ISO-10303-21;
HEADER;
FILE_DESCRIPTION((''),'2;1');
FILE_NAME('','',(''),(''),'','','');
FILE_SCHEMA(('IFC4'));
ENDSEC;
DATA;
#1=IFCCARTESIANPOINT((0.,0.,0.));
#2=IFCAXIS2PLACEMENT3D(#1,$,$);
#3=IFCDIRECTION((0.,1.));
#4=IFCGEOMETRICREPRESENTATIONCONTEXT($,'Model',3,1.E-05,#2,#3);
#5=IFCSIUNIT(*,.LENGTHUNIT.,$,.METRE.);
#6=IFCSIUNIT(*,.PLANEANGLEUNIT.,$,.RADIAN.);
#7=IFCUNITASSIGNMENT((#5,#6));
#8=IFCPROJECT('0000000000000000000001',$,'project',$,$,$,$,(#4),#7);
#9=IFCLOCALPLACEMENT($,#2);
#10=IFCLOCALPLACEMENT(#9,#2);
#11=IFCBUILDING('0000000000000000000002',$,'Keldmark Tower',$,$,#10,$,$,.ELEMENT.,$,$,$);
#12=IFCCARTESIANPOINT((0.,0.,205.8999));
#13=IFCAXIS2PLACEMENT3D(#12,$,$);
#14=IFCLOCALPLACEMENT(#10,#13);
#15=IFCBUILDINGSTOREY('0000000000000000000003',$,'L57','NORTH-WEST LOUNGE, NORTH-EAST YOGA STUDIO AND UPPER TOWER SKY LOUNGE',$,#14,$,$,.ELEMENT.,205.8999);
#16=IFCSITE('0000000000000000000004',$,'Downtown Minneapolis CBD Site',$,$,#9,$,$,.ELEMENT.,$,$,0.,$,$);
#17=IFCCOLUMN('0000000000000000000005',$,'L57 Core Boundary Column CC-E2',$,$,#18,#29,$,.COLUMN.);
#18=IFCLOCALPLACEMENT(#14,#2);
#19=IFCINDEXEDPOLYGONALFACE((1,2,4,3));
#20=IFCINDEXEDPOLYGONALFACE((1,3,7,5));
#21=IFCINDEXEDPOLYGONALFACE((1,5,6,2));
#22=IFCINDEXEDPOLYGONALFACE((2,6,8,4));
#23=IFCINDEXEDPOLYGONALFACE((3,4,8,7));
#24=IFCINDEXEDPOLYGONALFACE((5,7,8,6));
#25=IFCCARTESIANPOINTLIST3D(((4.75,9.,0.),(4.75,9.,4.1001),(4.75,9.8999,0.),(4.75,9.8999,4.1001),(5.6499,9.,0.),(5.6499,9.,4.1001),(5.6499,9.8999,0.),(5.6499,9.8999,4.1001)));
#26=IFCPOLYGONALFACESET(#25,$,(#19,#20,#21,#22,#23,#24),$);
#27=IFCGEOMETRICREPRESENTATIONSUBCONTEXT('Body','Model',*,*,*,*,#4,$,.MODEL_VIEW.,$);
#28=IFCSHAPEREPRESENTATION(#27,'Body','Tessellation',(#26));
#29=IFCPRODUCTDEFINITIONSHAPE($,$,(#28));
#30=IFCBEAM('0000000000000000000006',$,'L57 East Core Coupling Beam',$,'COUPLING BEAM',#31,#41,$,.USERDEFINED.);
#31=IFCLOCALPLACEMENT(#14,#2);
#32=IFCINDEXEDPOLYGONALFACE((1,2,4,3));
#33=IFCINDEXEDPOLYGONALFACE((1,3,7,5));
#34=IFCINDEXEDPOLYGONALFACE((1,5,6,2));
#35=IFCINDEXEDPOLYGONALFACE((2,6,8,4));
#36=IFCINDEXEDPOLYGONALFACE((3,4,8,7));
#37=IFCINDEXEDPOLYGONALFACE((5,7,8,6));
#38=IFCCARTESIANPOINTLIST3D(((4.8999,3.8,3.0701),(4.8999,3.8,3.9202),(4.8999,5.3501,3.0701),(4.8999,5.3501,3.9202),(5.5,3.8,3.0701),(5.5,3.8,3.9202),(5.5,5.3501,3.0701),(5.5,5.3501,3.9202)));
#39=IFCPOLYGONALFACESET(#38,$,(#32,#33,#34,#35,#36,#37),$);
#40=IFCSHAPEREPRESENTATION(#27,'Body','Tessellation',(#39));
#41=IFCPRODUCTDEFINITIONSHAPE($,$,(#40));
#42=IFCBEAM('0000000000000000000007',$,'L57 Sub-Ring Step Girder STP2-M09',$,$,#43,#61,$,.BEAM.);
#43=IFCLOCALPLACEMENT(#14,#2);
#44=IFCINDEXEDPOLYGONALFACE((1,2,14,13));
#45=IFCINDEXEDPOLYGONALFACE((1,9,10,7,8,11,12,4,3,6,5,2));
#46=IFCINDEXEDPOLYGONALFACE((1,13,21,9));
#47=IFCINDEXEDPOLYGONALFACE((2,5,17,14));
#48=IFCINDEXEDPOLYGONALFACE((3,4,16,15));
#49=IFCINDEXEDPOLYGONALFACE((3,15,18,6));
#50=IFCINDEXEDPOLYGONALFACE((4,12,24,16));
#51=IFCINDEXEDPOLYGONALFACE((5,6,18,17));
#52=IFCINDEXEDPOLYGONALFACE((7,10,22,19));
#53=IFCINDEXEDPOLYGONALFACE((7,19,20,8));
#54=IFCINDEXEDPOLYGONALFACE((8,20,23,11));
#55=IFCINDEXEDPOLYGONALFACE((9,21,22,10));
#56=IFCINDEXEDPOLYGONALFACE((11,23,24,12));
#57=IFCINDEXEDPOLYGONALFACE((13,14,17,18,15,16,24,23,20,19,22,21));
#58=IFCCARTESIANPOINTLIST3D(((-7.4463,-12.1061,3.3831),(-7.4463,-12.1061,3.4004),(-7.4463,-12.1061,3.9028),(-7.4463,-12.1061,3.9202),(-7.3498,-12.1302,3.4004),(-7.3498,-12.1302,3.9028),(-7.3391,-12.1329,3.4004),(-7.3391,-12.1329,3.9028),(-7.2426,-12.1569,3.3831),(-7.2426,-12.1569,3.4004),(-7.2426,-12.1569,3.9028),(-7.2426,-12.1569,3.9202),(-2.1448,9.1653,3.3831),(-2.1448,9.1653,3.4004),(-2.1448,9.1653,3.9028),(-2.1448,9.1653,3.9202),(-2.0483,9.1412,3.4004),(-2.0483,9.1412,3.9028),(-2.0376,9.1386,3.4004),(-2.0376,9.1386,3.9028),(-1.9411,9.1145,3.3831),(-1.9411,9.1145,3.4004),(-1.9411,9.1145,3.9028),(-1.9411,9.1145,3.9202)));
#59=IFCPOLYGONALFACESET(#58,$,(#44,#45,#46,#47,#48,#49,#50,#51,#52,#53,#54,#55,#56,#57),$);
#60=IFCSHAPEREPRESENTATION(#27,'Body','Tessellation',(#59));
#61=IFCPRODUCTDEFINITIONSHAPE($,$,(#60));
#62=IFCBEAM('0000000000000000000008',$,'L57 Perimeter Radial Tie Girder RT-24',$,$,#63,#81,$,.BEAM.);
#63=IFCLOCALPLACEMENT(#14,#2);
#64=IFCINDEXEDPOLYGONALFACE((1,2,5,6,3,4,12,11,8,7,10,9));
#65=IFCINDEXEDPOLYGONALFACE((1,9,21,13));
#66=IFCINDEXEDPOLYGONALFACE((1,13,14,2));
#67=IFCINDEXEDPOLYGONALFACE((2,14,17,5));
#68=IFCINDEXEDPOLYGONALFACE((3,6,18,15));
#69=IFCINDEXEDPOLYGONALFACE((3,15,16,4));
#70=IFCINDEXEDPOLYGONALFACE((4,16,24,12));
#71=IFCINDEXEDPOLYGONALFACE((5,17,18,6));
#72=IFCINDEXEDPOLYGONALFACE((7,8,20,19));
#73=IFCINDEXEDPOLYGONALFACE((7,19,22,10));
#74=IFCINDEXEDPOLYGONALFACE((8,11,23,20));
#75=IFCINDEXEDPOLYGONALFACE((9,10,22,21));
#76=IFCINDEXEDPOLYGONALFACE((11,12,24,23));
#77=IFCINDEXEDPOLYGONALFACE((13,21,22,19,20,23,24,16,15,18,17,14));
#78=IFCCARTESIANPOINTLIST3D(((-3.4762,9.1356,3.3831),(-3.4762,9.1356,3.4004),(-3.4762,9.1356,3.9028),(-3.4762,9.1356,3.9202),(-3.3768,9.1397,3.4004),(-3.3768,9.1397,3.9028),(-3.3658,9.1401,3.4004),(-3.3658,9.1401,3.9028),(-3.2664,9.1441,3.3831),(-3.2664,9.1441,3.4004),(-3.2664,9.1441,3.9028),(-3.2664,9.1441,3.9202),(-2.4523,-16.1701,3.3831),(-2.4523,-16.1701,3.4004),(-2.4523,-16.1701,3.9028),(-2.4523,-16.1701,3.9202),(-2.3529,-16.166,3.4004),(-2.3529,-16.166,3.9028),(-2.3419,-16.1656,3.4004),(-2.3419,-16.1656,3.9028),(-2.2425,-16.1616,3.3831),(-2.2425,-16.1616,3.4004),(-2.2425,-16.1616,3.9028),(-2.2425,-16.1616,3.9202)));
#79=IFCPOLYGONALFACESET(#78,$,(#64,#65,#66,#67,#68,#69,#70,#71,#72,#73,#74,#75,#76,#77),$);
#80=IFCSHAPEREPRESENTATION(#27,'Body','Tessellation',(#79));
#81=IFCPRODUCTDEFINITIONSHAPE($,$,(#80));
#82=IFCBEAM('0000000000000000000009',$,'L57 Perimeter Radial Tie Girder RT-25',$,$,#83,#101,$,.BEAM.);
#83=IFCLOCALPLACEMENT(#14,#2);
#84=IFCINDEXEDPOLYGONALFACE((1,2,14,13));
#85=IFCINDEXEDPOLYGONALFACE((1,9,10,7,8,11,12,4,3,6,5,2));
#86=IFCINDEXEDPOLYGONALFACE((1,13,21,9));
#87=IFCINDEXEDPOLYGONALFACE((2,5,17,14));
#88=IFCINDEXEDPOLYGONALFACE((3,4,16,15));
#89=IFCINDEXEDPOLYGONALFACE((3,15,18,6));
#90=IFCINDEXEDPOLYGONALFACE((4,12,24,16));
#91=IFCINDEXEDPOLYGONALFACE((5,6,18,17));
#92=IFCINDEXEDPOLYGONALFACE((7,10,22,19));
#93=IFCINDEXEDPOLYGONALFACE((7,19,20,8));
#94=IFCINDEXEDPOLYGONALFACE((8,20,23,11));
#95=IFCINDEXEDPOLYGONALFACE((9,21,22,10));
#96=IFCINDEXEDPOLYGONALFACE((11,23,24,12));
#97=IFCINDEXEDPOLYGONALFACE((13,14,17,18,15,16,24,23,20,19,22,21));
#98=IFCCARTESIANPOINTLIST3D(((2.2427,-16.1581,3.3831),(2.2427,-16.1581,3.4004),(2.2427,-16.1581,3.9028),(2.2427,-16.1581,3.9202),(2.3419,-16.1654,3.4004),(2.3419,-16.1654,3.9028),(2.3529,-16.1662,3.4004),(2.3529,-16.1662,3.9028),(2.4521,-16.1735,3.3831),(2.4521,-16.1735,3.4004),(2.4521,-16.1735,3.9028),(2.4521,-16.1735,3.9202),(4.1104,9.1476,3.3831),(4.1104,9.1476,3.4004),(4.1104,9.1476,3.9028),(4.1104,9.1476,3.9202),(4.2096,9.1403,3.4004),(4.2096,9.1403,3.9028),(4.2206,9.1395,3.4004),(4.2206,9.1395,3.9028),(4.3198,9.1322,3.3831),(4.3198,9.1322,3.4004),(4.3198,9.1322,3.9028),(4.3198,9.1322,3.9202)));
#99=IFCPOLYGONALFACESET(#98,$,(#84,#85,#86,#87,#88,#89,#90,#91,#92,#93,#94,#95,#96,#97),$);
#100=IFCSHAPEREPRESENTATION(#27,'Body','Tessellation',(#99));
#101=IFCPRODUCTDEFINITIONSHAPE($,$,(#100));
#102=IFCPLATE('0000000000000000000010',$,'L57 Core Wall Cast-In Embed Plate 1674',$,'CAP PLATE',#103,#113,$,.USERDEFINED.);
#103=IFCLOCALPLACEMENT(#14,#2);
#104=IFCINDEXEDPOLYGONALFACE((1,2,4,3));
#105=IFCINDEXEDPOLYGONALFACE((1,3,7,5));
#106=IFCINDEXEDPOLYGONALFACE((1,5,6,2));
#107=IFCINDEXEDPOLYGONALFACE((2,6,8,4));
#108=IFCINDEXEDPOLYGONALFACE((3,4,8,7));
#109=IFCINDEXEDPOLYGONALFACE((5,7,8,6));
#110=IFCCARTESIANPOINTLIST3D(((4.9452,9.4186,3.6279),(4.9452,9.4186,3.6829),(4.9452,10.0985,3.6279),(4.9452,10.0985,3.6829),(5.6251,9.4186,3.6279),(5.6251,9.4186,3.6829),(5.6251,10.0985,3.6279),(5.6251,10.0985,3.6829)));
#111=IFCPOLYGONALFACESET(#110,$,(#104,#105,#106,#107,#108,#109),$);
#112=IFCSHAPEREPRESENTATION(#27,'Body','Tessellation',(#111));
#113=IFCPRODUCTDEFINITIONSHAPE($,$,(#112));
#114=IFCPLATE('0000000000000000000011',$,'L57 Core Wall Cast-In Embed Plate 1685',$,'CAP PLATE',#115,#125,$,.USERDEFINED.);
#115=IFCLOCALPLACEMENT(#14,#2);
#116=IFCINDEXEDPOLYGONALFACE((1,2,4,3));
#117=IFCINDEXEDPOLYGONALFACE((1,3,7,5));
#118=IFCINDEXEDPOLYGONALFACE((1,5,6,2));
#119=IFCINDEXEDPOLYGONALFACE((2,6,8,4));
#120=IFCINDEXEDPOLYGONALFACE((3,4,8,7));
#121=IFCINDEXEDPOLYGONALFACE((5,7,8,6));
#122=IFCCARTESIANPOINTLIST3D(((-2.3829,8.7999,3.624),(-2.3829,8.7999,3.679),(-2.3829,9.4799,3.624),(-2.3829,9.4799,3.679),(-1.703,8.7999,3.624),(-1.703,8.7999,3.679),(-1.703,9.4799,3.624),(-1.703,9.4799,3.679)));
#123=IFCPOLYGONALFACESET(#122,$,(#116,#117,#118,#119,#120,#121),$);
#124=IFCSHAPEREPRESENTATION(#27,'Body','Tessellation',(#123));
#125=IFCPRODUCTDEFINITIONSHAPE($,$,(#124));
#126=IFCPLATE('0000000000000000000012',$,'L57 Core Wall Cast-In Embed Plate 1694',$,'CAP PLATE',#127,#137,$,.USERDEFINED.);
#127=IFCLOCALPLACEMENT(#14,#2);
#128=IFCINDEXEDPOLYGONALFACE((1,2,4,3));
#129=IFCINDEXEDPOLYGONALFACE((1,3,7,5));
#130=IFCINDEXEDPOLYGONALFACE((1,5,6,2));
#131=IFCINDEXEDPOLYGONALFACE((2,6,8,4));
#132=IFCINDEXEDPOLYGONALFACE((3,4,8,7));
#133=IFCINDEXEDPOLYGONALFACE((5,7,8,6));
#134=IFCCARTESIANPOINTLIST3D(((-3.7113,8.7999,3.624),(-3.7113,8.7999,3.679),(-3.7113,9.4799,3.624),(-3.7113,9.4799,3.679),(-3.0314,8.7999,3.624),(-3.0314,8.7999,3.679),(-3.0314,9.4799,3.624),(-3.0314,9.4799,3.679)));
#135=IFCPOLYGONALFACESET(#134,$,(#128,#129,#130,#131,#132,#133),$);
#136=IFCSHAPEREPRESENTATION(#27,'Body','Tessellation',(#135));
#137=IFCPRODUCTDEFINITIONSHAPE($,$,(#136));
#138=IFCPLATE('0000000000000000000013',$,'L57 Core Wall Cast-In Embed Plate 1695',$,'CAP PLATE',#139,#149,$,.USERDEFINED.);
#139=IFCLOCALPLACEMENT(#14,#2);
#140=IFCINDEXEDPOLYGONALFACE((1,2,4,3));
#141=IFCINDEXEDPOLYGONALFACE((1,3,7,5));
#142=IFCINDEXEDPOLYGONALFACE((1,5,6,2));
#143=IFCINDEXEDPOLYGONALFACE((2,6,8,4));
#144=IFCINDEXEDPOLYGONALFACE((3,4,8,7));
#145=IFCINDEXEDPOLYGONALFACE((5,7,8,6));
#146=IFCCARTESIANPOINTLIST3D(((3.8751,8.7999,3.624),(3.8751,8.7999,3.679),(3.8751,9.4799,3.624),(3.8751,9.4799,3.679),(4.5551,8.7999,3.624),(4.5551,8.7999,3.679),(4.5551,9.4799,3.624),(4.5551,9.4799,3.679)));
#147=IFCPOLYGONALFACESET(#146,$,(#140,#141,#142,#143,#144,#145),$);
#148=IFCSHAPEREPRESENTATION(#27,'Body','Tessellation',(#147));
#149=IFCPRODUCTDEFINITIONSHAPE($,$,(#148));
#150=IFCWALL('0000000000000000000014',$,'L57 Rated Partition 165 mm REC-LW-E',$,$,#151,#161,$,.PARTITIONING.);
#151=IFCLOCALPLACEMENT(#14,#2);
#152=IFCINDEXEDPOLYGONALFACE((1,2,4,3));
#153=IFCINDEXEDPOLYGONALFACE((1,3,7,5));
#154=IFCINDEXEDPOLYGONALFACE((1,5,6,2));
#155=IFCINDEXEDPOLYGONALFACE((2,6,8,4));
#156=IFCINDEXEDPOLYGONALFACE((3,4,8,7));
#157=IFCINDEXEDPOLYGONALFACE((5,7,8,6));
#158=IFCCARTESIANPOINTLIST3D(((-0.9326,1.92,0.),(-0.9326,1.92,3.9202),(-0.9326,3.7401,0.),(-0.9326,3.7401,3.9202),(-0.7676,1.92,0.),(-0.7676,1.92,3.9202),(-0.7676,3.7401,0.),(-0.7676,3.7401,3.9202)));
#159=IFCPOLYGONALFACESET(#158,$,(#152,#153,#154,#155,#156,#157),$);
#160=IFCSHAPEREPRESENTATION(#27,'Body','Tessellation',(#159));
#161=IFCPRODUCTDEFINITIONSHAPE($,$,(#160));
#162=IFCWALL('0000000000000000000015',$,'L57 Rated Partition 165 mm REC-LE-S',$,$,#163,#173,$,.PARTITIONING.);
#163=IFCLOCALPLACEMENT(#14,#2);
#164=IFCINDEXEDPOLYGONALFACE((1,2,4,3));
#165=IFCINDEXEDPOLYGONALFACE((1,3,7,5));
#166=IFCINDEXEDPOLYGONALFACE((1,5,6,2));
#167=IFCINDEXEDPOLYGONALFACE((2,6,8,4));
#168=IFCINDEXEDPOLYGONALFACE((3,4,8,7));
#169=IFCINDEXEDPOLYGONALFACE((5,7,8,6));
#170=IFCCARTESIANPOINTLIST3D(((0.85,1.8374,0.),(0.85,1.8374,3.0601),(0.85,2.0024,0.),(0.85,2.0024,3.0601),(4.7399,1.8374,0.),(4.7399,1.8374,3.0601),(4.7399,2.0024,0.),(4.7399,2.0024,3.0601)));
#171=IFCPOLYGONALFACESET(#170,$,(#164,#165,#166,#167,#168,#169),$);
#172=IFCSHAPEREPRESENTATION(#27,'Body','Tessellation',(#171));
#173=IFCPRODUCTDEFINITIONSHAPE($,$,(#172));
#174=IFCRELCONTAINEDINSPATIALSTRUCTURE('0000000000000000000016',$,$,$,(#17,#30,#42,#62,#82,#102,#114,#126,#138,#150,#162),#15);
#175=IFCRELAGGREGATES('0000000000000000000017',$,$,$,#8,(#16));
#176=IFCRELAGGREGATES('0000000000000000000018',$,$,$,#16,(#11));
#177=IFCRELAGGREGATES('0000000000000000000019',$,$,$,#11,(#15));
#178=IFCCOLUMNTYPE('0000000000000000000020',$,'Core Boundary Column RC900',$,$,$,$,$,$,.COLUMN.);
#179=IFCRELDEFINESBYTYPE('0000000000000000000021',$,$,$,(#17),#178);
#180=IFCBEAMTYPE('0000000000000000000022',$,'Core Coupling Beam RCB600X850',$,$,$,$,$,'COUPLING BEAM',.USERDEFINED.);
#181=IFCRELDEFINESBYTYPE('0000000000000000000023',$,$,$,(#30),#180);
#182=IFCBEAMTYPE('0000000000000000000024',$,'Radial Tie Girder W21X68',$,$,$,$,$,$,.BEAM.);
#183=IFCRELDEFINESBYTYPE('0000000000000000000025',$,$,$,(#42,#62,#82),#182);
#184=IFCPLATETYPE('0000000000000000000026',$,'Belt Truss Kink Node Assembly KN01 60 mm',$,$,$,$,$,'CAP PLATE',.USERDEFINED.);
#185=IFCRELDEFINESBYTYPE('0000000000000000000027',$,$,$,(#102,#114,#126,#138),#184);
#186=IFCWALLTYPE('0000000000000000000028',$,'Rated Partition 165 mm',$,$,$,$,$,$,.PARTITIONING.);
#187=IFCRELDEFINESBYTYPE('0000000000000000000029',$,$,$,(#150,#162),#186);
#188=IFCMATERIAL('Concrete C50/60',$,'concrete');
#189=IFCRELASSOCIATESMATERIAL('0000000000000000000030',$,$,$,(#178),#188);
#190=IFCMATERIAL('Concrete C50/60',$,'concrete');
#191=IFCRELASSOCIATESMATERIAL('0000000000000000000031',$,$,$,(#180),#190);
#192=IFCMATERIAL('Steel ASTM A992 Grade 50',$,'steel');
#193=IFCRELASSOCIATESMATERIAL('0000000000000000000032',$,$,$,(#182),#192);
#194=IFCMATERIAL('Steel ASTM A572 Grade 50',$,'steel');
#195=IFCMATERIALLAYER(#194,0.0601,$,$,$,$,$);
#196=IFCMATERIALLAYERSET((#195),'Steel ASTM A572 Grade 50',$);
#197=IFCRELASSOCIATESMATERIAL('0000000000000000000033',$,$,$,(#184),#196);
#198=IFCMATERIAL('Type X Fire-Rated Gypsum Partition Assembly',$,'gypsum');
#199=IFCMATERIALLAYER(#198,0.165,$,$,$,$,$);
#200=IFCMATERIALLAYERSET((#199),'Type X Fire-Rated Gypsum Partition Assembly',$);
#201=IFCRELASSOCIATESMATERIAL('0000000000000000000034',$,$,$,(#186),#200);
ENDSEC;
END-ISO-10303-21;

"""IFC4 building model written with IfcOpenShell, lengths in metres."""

from ifc_helpers import new_model, si_unit, direction, frame, frame_2d, origin, origin_2d, place, context, subcontext, project, spatial, rectangle, i_section, extrude, material, layer, layer_set, material_profile, profile_set, type_object, element, save


model = new_model("IFC4")

# Units and contexts
model_context = context("Model", 3, precision=1e-05, world=origin(), true_north=direction((0.0, 1.0)))
body_context = subcontext(model_context, "Body", "Model", "MODEL_VIEW")
ifc_project = project(units=[si_unit("LENGTHUNIT", "METRE"), si_unit("PLANEANGLEUNIT", "RADIAN")], contexts=[model_context])

# Site, building, storey
site_placement = place(None, origin())
site = spatial("IfcSite", under=ifc_project, at=site_placement, Name="Downtown Minneapolis CBD Site", CompositionType="ELEMENT", RefElevation=0.0)
building_placement = place(site_placement, origin())
building = spatial("IfcBuilding", under=site, at=building_placement, Name="Keldmark Tower", CompositionType="ELEMENT")
storey_placement = place(building_placement, frame((0.0, 0.0, 205.8999)))
storey = spatial("IfcBuildingStorey", under=building, at=storey_placement, Name="L57", Description="NORTH-WEST LOUNGE, NORTH-EAST YOGA STUDIO AND UPPER TOWER SKY LOUNGE", CompositionType="ELEMENT", Elevation=205.8999)

# Column
ifc_material_1 = material(Name="Concrete C50/60", Category="concrete")
ifc_material_profile_1 = material_profile(ifc_material_1, rectangle(XDim=0.8999, YDim=0.8999, at=origin_2d()), Name="RC900X900")
ifc_profile_set_1 = profile_set([ifc_material_profile_1], Name="Concrete C50/60")
column_type = type_object("IfcColumnType", Name="Core Boundary Column RC900", PredefinedType="COLUMN", material=ifc_profile_set_1)
column_placement = place(storey_placement, frame((5.2, 9.45, 0.0), z_axis=(0.0, 0.0, 1.0), x_axis=(1.0, 0.0, 0.0)))
element("IfcColumn", 1, at=column_placement, inside=storey, type_object=column_type, Name="L57 Core Boundary Column CC-E2", PredefinedType="COLUMN", context=body_context, shape_type="SweptSolid", body=[
    extrude(rectangle(XDim=0.8999, YDim=0.8999, at=origin_2d()), origin(), (0.0, 0.0, 1.0), 4.1001),
])

# Beams
ifc_material_2 = material(Name="Concrete C50/60", Category="concrete")
ifc_material_profile_2 = material_profile(ifc_material_2, rectangle(XDim=0.6001, YDim=0.8501, at=origin_2d()), Name="RCB600X850")
ifc_profile_set_2 = profile_set([ifc_material_profile_2], Name="Concrete C50/60")
beam_type_1 = type_object("IfcBeamType", Name="Core Coupling Beam RCB600X850", ElementType="COUPLING BEAM", PredefinedType="USERDEFINED", material=ifc_profile_set_2)
beam_1_placement = place(storey_placement, frame((5.2, 3.8, 3.4951), z_axis=(0.0, 1.0, 0.0), x_axis=(-1.0, 0.0, 0.0)))
element("IfcBeam", 2, at=beam_1_placement, inside=storey, type_object=beam_type_1, Name="L57 East Core Coupling Beam", ObjectType="COUPLING BEAM", PredefinedType="USERDEFINED", context=body_context, shape_type="SweptSolid", body=[
    extrude(rectangle(XDim=0.6001, YDim=0.8501, at=origin_2d()), origin(), (0.0, 0.0, 1.0), 1.55),
])
ifc_material_3 = material(Name="Steel ASTM A992 Grade 50", Category="steel")
ifc_material_profile_3 = material_profile(ifc_material_3, i_section(OverallWidth=0.21, OverallDepth=0.5371, WebThickness=0.011, FlangeThickness=0.0173, at=origin_2d()), Name="W21X68")
ifc_profile_set_3 = profile_set([ifc_material_profile_3], Name="Steel ASTM A992 Grade 50")
beam_type_2 = type_object("IfcBeamType", Name="Radial Tie Girder W21X68", PredefinedType="BEAM", material=ifc_profile_set_3)
beam_2_placement = place(storey_placement, frame((-2.043, 9.1399, 3.6516), z_axis=(-0.241833, -0.970318, 0.0), x_axis=(0.970318, -0.241833, 0.0)))
element("IfcBeam", 3, at=beam_2_placement, inside=storey, type_object=beam_type_2, Name="L57 Sub-Ring Step Girder STP2-M09", PredefinedType="BEAM", context=body_context, shape_type="SweptSolid", body=[
    extrude(i_section(OverallWidth=0.21, OverallDepth=0.5371, WebThickness=0.011, FlangeThickness=0.0173, at=origin_2d()), origin(), (0.0, 0.0, 1.0), 21.9221),
])
beam_3_placement = place(storey_placement, frame((-3.3713, 9.1399, 3.6516), z_axis=(0.040429, -0.999182, 0.0), x_axis=(0.999182, 0.040429, 0.0)))
element("IfcBeam", 4, at=beam_3_placement, inside=storey, type_object=beam_type_2, Name="L57 Perimeter Radial Tie Girder RT-24", PredefinedType="BEAM", context=body_context, shape_type="SweptSolid", body=[
    extrude(i_section(OverallWidth=0.21, OverallDepth=0.5371, WebThickness=0.011, FlangeThickness=0.0173, at=origin_2d()), origin(), (0.0, 0.0, 1.0), 25.3264),
])
beam_4_placement = place(storey_placement, frame((4.2151, 9.1399, 3.6516), z_axis=(-0.073604, -0.997288, 0.0), x_axis=(0.997288, -0.073604, 0.0)))
element("IfcBeam", 5, at=beam_4_placement, inside=storey, type_object=beam_type_2, Name="L57 Perimeter Radial Tie Girder RT-25", PredefinedType="BEAM", context=body_context, shape_type="SweptSolid", body=[
    extrude(i_section(OverallWidth=0.21, OverallDepth=0.5371, WebThickness=0.011, FlangeThickness=0.0173, at=origin_2d()), origin(), (0.0, 0.0, 1.0), 25.3745),
])

# Plates
ifc_material_4 = material(Name="Steel ASTM A572 Grade 50", Category="steel")
ifc_layer_1 = layer(ifc_material_4, 0.0601)
ifc_layer_set_1 = layer_set([ifc_layer_1], Name="Steel ASTM A572 Grade 50")
plate_type = type_object("IfcPlateType", Name="Belt Truss Kink Node Assembly KN01 60 mm", ElementType="CAP PLATE", PredefinedType="USERDEFINED", material=ifc_layer_set_1)
for number, where, z_axis, x_axis, name in (
    (6, (5.2852, 9.7585, 3.6279), (0.0, 0.0, 1.0), (1.0, 0.0, 0.0), "L57 Core Wall Cast-In Embed Plate 1674"),
    (7, (-2.043, 9.1399, 3.624), (0.0, 0.0, 1.0), (1.0, 0.0, 0.0), "L57 Core Wall Cast-In Embed Plate 1685"),
    (8, (-3.3713, 9.1399, 3.624), (0.0, 0.0, 1.0), (1.0, 0.0, 0.0), "L57 Core Wall Cast-In Embed Plate 1694"),
    (9, (4.2151, 9.1399, 3.624), (0.0, 0.0, 1.0), (1.0, 0.0, 0.0), "L57 Core Wall Cast-In Embed Plate 1695"),
):
    element("IfcPlate", number, at=place(storey_placement, frame(where, z_axis=z_axis, x_axis=x_axis)), inside=storey, type_object=plate_type, Name=name, ObjectType="CAP PLATE", PredefinedType="USERDEFINED", context=body_context, shape_type="SweptSolid", body=[
        extrude(rectangle(XDim=0.6799, YDim=0.6799, at=origin_2d()), origin(), (0.0, 0.0, 1.0), 0.0549),
    ])

# Walls
ifc_material_5 = material(Name="Type X Fire-Rated Gypsum Partition Assembly", Category="gypsum")
ifc_layer_2 = layer(ifc_material_5, 0.165)
ifc_layer_set_2 = layer_set([ifc_layer_2], Name="Type X Fire-Rated Gypsum Partition Assembly")
wall_type_1 = type_object("IfcWallType", Name="Rated Partition 165 mm", PredefinedType="PARTITIONING", material=ifc_layer_set_2)
wall_1_placement = place(storey_placement, frame((-0.8501, 1.9199, 0.0), z_axis=(0.0, 0.0, 1.0), x_axis=(0.0, 1.0, 0.0)))
element("IfcWall", 10, at=wall_1_placement, inside=storey, type_object=wall_type_1, Name="L57 Rated Partition 165 mm REC-LW-E", PredefinedType="PARTITIONING", context=body_context, shape_type="SweptSolid", body=[
    extrude(rectangle(XDim=1.8201, YDim=0.165, at=frame_2d((0.9102, 0.0))), origin(), (0.0, 0.0, 1.0), 3.9202),
])
wall_2_placement = place(storey_placement, frame((0.8501, 1.9199, 0.0), z_axis=(0.0, 0.0, 1.0), x_axis=(1.0, 0.0, 0.0)))
element("IfcWall", 11, at=wall_2_placement, inside=storey, type_object=wall_type_1, Name="L57 Rated Partition 165 mm REC-LE-S", PredefinedType="PARTITIONING", context=body_context, shape_type="SweptSolid", body=[
    extrude(rectangle(XDim=3.8899, YDim=0.165, at=frame_2d((1.9448, 0.0))), origin(), (0.0, 0.0, 1.0), 3.0601),
])

save(model, "model.ifc")
